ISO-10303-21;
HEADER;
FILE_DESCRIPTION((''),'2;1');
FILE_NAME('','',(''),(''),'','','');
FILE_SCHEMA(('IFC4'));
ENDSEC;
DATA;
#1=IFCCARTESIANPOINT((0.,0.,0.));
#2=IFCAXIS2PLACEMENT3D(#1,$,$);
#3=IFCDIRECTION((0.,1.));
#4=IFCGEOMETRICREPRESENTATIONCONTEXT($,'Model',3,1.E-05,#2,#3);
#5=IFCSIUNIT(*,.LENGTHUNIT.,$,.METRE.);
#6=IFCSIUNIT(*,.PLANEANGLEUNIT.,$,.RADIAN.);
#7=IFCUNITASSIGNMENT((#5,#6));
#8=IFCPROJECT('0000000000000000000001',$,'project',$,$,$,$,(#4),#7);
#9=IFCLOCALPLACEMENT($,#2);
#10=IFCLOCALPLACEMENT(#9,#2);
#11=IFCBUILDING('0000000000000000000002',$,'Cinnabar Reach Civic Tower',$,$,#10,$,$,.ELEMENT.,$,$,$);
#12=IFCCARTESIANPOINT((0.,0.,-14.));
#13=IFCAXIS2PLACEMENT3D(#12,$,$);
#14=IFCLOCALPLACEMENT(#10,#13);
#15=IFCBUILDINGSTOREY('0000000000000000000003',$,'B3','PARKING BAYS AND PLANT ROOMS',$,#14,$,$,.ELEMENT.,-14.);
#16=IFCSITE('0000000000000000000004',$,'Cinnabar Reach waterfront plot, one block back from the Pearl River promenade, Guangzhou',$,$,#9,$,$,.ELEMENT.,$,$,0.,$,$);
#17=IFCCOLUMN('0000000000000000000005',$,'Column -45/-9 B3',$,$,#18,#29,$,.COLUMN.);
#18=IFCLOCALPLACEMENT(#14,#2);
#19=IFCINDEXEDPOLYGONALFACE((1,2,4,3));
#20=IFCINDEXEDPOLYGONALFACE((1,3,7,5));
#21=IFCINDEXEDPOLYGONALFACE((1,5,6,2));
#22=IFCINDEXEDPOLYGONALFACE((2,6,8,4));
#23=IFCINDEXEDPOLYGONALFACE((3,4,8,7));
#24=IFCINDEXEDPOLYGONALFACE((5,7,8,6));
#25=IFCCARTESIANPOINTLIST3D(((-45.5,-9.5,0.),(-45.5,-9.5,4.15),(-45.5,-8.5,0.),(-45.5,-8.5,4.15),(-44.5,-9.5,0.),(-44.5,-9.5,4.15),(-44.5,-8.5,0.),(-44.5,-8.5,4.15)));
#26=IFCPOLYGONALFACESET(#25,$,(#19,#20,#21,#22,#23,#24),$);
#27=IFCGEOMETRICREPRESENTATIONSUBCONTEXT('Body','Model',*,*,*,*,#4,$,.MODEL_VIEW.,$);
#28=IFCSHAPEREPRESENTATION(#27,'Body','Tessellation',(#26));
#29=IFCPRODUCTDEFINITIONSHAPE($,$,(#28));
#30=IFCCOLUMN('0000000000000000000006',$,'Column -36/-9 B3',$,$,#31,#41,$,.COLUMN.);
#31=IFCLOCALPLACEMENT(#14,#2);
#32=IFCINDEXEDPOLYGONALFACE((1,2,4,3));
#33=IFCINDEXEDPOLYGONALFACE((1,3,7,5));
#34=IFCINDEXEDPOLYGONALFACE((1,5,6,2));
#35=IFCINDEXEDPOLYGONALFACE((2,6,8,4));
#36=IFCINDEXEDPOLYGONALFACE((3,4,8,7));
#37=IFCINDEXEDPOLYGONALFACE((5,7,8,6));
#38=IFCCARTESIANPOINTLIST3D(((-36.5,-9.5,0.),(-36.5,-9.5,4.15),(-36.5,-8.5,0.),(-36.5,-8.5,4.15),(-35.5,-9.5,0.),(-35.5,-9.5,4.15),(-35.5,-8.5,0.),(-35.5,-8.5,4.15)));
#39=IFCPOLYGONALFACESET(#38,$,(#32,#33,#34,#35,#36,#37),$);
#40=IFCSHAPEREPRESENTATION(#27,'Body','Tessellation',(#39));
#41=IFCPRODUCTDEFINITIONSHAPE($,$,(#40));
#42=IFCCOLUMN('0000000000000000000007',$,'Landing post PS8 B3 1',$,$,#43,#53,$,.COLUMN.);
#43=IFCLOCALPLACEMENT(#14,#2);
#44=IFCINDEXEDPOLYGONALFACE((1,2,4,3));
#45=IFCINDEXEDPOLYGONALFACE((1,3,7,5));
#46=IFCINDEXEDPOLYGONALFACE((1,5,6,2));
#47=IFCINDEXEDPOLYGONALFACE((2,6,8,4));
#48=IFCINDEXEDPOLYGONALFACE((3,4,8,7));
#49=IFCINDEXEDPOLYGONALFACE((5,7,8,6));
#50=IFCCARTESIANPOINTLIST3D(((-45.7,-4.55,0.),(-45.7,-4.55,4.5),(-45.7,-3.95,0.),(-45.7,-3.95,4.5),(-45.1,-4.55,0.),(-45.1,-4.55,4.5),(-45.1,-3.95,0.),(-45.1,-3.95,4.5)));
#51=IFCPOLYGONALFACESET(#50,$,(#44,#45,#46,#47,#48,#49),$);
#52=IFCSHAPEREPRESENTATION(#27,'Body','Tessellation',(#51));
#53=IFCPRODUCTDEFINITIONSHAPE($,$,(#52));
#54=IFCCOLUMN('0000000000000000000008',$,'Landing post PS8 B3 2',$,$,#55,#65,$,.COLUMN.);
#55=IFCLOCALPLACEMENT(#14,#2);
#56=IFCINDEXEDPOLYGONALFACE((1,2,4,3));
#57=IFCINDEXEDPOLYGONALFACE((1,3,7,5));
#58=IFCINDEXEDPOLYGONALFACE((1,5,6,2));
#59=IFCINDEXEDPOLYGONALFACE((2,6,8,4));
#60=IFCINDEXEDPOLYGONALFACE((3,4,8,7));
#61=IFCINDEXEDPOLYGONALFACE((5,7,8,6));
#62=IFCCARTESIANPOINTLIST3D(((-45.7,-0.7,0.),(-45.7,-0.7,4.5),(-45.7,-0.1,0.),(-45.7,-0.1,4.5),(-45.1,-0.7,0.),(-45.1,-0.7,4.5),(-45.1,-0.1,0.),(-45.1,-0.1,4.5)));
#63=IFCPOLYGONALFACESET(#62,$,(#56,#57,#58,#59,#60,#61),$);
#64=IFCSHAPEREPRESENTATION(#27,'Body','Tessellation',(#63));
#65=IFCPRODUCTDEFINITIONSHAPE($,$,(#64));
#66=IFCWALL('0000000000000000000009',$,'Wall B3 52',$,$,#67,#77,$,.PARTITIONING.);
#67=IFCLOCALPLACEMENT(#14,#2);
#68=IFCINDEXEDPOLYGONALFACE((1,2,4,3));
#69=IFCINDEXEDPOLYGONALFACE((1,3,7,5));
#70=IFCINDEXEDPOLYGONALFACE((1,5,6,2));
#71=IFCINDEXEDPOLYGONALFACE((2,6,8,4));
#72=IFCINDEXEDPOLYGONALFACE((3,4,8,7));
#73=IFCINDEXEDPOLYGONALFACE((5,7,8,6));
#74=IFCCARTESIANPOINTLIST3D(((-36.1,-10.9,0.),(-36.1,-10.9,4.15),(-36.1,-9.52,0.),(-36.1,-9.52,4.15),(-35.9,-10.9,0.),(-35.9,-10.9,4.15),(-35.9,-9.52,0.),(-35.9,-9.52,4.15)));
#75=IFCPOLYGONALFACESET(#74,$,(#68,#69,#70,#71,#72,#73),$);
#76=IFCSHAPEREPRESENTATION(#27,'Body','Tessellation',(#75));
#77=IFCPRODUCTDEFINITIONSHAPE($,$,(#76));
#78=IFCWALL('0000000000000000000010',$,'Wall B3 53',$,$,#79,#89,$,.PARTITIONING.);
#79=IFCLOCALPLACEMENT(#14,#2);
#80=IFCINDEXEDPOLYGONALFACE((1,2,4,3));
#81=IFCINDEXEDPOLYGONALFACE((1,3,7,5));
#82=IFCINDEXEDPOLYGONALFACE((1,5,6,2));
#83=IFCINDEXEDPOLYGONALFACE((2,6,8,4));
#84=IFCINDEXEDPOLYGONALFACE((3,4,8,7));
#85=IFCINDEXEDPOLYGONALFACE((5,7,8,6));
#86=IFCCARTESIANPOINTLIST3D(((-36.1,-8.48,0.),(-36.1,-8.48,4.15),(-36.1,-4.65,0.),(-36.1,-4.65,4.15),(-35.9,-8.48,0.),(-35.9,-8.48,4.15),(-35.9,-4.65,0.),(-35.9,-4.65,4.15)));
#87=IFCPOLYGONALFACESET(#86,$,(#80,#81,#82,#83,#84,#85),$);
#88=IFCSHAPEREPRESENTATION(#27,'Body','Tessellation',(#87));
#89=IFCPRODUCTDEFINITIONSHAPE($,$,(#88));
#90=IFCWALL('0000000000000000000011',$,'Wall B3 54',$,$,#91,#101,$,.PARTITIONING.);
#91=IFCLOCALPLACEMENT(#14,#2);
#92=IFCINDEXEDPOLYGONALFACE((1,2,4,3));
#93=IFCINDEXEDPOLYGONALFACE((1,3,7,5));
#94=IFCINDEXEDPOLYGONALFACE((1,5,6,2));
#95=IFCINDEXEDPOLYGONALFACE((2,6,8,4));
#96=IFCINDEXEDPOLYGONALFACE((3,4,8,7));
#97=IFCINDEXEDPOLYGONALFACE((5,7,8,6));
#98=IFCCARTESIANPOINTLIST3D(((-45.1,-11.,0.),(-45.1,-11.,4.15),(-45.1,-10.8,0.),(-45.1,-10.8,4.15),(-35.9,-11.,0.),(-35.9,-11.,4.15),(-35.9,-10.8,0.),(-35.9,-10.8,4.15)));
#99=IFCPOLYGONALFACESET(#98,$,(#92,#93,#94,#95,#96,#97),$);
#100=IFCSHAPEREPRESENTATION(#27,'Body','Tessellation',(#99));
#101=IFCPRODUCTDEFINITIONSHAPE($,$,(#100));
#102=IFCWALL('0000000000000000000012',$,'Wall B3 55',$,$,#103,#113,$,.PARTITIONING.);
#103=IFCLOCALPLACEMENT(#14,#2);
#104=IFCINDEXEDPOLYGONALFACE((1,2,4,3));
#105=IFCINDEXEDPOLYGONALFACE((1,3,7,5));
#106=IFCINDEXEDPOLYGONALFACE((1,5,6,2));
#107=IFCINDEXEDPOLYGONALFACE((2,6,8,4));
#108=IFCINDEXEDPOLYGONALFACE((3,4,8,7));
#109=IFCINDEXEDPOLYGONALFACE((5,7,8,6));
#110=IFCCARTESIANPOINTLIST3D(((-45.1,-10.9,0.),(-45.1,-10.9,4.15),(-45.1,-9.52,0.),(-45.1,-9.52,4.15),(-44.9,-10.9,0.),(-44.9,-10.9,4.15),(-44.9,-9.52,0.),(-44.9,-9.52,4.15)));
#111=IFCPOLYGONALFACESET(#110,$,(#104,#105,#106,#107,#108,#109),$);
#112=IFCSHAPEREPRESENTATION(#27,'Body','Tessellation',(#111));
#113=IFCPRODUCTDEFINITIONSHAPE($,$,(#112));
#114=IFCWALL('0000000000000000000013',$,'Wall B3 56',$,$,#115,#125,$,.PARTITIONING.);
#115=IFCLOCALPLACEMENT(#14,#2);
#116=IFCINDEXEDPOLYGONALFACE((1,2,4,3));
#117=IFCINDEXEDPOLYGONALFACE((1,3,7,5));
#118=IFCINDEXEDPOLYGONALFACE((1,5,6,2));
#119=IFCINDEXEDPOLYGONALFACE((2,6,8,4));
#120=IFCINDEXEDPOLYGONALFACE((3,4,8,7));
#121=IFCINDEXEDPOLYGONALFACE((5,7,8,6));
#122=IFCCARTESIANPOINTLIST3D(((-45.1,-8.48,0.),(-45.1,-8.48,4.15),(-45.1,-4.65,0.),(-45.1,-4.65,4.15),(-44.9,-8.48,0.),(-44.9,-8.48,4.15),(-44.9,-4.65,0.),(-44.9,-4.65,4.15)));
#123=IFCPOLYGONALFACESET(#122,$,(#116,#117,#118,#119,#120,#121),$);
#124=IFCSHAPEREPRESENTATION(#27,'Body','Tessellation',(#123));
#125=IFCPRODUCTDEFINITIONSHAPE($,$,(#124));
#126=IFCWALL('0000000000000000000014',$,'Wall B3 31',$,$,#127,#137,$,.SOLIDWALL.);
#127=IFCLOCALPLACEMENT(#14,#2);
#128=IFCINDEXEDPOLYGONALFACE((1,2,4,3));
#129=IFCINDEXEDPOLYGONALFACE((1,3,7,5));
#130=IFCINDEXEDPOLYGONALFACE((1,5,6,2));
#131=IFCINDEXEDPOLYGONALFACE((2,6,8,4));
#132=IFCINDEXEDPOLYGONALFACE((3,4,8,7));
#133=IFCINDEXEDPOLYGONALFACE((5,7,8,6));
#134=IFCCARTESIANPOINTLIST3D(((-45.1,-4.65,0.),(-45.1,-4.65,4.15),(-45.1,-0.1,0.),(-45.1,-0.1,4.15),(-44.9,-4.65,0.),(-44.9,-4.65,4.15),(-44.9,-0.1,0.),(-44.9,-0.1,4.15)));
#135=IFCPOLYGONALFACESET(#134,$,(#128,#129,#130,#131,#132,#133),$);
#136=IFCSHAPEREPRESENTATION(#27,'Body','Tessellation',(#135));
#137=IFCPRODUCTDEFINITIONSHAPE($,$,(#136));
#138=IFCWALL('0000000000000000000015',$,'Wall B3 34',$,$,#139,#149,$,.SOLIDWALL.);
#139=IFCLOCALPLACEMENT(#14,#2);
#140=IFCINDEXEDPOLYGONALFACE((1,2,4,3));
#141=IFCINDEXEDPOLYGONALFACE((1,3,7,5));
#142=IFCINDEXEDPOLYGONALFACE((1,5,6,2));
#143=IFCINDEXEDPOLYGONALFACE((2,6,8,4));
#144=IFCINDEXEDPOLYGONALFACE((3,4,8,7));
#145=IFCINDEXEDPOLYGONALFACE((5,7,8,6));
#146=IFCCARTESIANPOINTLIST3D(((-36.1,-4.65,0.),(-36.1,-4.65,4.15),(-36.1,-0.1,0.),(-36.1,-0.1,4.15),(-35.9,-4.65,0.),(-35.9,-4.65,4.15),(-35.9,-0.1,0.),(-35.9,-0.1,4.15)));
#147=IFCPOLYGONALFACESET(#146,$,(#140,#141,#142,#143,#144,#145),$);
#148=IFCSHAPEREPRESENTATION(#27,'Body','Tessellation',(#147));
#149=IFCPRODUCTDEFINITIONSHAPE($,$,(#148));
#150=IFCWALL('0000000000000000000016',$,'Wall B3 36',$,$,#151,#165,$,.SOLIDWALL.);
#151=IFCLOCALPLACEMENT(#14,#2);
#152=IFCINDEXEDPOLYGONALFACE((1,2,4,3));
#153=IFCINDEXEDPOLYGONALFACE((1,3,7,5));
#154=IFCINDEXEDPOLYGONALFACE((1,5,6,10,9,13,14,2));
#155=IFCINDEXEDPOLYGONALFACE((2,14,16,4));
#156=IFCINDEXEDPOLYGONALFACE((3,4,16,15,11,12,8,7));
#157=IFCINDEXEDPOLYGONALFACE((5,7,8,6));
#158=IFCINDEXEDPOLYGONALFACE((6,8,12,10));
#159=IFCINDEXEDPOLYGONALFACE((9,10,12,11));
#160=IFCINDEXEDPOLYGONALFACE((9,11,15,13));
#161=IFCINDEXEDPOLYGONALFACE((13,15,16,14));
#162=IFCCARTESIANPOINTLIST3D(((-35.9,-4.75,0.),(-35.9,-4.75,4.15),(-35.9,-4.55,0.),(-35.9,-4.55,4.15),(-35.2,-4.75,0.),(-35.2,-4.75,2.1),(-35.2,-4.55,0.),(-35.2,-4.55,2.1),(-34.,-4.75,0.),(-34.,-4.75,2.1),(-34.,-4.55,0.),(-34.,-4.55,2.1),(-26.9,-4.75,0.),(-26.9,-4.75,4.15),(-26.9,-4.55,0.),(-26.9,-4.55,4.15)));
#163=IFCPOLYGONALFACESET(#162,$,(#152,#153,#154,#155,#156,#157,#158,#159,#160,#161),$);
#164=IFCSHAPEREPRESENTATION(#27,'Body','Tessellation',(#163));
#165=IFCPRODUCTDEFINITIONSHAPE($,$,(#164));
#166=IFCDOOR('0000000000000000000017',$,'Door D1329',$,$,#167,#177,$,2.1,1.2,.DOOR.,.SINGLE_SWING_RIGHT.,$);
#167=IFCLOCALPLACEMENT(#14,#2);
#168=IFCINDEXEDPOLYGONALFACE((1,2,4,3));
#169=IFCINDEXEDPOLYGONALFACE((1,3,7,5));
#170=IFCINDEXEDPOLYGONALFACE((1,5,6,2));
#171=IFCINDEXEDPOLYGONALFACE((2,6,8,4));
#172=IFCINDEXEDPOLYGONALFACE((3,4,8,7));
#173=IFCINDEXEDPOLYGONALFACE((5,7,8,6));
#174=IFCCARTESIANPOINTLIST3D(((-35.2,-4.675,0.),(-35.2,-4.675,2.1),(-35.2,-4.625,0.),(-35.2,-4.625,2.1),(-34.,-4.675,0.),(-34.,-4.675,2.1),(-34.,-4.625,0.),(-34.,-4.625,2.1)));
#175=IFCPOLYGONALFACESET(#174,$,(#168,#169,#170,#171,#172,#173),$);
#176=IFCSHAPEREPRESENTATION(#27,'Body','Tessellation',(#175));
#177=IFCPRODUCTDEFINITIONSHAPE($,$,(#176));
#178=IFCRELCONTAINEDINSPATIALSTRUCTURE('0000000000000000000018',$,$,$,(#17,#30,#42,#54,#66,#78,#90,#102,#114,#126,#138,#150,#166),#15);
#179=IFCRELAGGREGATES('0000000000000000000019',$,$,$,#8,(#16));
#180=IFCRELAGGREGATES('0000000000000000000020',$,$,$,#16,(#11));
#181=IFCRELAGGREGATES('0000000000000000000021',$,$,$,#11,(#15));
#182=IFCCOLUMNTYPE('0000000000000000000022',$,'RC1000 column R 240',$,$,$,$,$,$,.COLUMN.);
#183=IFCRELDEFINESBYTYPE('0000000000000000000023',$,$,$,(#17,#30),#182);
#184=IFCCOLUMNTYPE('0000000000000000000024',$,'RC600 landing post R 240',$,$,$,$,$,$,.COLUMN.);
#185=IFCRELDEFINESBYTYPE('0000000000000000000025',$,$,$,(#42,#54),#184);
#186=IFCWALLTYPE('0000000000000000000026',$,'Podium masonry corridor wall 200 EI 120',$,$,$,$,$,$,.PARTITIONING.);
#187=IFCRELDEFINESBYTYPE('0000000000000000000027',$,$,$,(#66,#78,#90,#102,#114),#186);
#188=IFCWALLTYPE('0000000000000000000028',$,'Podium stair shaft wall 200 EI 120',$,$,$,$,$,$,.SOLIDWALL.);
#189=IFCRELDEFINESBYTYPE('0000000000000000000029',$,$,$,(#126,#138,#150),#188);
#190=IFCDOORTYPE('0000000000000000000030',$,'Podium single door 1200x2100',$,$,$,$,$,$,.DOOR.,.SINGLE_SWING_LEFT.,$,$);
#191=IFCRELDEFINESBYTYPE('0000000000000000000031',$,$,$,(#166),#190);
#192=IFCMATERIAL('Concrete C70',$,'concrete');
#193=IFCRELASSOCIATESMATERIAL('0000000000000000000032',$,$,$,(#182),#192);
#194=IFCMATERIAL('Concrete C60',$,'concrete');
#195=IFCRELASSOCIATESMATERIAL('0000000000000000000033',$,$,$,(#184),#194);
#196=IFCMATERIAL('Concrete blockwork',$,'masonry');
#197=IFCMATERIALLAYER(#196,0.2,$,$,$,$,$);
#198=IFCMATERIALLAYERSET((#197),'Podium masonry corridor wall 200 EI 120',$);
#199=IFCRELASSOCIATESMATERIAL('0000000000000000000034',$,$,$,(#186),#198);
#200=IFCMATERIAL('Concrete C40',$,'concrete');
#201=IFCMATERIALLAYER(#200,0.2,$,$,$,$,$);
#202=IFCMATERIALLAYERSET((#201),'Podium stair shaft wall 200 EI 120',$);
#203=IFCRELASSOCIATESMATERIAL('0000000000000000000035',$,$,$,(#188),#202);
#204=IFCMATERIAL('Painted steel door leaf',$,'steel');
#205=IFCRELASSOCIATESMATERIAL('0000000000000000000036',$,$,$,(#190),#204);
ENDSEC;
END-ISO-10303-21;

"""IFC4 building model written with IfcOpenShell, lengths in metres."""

from ifc_helpers import new_model, si_unit, direction, frame, frame_2d, origin, origin_2d, place, context, subcontext, project, spatial, rectangle, extrude, material, layer, layer_set, material_profile, profile_set, type_object, element, fill, save


model = new_model("IFC4")

# Units and contexts
model_context = context("Model", 3, precision=1e-05, world=origin(), true_north=direction((0.0, 1.0)))
body_context = subcontext(model_context, "Body", "Model", "MODEL_VIEW")
ifc_project = project(units=[si_unit("LENGTHUNIT", "METRE"), si_unit("PLANEANGLEUNIT", "RADIAN")], contexts=[model_context])

# Site, building, storey
site_placement = place(None, origin())
site = spatial("IfcSite", under=ifc_project, at=site_placement, Name="Cinnabar Reach waterfront plot, one block back from the Pearl River promenade, Guangzhou", CompositionType="ELEMENT", RefElevation=0.0)
building_placement = place(site_placement, origin())
building = spatial("IfcBuilding", under=site, at=building_placement, Name="Cinnabar Reach Civic Tower", CompositionType="ELEMENT")
storey_placement = place(building_placement, frame((0.0, 0.0, -14.0)))
storey = spatial("IfcBuildingStorey", under=building, at=storey_placement, Name="B3", Description="PARKING BAYS AND PLANT ROOMS", CompositionType="ELEMENT", Elevation=-14.0)

# Shared definitions
ifc_material_1 = material(Name="Concrete C40", Category="concrete")

# Columns
ifc_material_2 = material(Name="Concrete C70", Category="concrete")
ifc_material_profile_1 = material_profile(ifc_material_2, rectangle(XDim=1.0, YDim=1.0, at=origin_2d()), Name="RC1000")
ifc_profile_set_1 = profile_set([ifc_material_profile_1], Name="Concrete C70")
column_type_1 = type_object("IfcColumnType", Name="RC1000 column R 240", PredefinedType="COLUMN", material=ifc_profile_set_1)
for number, where, z_axis, x_axis, name in (
    (1, (-45.0, -9.0, 0.0), (0.0, 0.0, 1.0), (1.0, 0.0, 0.0), "Column -45/-9 B3"),
    (2, (-36.0, -9.0, 0.0), (0.0, 0.0, 1.0), (1.0, 0.0, 0.0), "Column -36/-9 B3"),
):
    element("IfcColumn", number, at=place(storey_placement, frame(where, z_axis=z_axis, x_axis=x_axis)), inside=storey, type_object=column_type_1, Name=name, PredefinedType="COLUMN", context=body_context, shape_type="SweptSolid", body=[
        extrude(rectangle(XDim=1.0, YDim=1.0, at=origin_2d()), origin(), (0.0, 0.0, 1.0), 4.15),
    ])
ifc_material_3 = material(Name="Concrete C60", Category="concrete")
ifc_material_profile_2 = material_profile(ifc_material_3, rectangle(XDim=0.6, YDim=0.6, at=origin_2d()), Name="RC600")
ifc_profile_set_2 = profile_set([ifc_material_profile_2], Name="Concrete C60")
column_type_2 = type_object("IfcColumnType", Name="RC600 landing post R 240", PredefinedType="COLUMN", material=ifc_profile_set_2)
for number, where, z_axis, x_axis, name in (
    (3, (-45.4, -4.25, 0.0), (0.0, 0.0, 1.0), (1.0, 0.0, 0.0), "Landing post PS8 B3 1"),
    (4, (-45.4, -0.4, 0.0), (0.0, 0.0, 1.0), (1.0, 0.0, 0.0), "Landing post PS8 B3 2"),
):
    element("IfcColumn", number, at=place(storey_placement, frame(where, z_axis=z_axis, x_axis=x_axis)), inside=storey, type_object=column_type_2, Name=name, PredefinedType="COLUMN", context=body_context, shape_type="SweptSolid", body=[
        extrude(rectangle(XDim=0.6, YDim=0.6, at=origin_2d()), origin(), (0.0, 0.0, 1.0), 4.5),
    ])

# Walls
ifc_material_4 = material(Name="Concrete blockwork", Category="masonry")
ifc_layer_1 = layer(ifc_material_4, 0.2)
ifc_layer_set_1 = layer_set([ifc_layer_1], Name="Podium masonry corridor wall 200 EI 120")
wall_type_1 = type_object("IfcWallType", Name="Podium masonry corridor wall 200 EI 120", PredefinedType="PARTITIONING", material=ifc_layer_set_1)
wall_1_placement = place(storey_placement, frame((-36.0, -10.9, 0.0), z_axis=(0.0, 0.0, 1.0), x_axis=(0.0, 1.0, 0.0)))
element("IfcWall", 5, at=wall_1_placement, inside=storey, type_object=wall_type_1, Name="Wall B3 52", PredefinedType="PARTITIONING", context=body_context, shape_type="SweptSolid", body=[
    extrude(rectangle(XDim=1.38, YDim=0.2, at=frame_2d((0.69, 0.0))), origin(), (0.0, 0.0, 1.0), 4.15),
])
wall_2_placement = place(storey_placement, frame((-36.0, -8.48, 0.0), z_axis=(0.0, 0.0, 1.0), x_axis=(0.0, 1.0, 0.0)))
element("IfcWall", 6, at=wall_2_placement, inside=storey, type_object=wall_type_1, Name="Wall B3 53", PredefinedType="PARTITIONING", context=body_context, shape_type="SweptSolid", body=[
    extrude(rectangle(XDim=3.83, YDim=0.2, at=frame_2d((1.915, 0.0))), origin(), (0.0, 0.0, 1.0), 4.15),
])
wall_3_placement = place(storey_placement, frame((-45.1, -10.9, 0.0), z_axis=(0.0, 0.0, 1.0), x_axis=(1.0, 0.0, 0.0)))
element("IfcWall", 7, at=wall_3_placement, inside=storey, type_object=wall_type_1, Name="Wall B3 54", PredefinedType="PARTITIONING", context=body_context, shape_type="SweptSolid", body=[
    extrude(rectangle(XDim=9.2, YDim=0.2, at=frame_2d((4.6, 0.0))), origin(), (0.0, 0.0, 1.0), 4.15),
])
wall_4_placement = place(storey_placement, frame((-45.0, -10.9, 0.0), z_axis=(0.0, 0.0, 1.0), x_axis=(0.0, 1.0, 0.0)))
element("IfcWall", 8, at=wall_4_placement, inside=storey, type_object=wall_type_1, Name="Wall B3 55", PredefinedType="PARTITIONING", context=body_context, shape_type="SweptSolid", body=[
    extrude(rectangle(XDim=1.38, YDim=0.2, at=frame_2d((0.69, 0.0))), origin(), (0.0, 0.0, 1.0), 4.15),
])
wall_5_placement = place(storey_placement, frame((-45.0, -8.48, 0.0), z_axis=(0.0, 0.0, 1.0), x_axis=(0.0, 1.0, 0.0)))
element("IfcWall", 9, at=wall_5_placement, inside=storey, type_object=wall_type_1, Name="Wall B3 56", PredefinedType="PARTITIONING", context=body_context, shape_type="SweptSolid", body=[
    extrude(rectangle(XDim=3.83, YDim=0.2, at=frame_2d((1.915, 0.0))), origin(), (0.0, 0.0, 1.0), 4.15),
])
ifc_layer_2 = layer(ifc_material_1, 0.2)
ifc_layer_set_2 = layer_set([ifc_layer_2], Name="Podium stair shaft wall 200 EI 120")
wall_type_2 = type_object("IfcWallType", Name="Podium stair shaft wall 200 EI 120", PredefinedType="SOLIDWALL", material=ifc_layer_set_2)
for number, where, z_axis, x_axis, name in (
    (10, (-45.0, -4.65, 0.0), (0.0, 0.0, 1.0), (0.0, 1.0, 0.0), "Wall B3 31"),
    (11, (-36.0, -4.65, 0.0), (0.0, 0.0, 1.0), (0.0, 1.0, 0.0), "Wall B3 34"),
):
    element("IfcWall", number, at=place(storey_placement, frame(where, z_axis=z_axis, x_axis=x_axis)), inside=storey, type_object=wall_type_2, Name=name, PredefinedType="SOLIDWALL", context=body_context, shape_type="SweptSolid", body=[
        extrude(rectangle(XDim=4.55, YDim=0.2, at=frame_2d((2.275, 0.0))), origin(), (0.0, 0.0, 1.0), 4.15),
    ])

# Wall, opening, door
wall_6_placement = place(storey_placement, frame((-35.9, -4.65, 0.0), z_axis=(0.0, 0.0, 1.0), x_axis=(1.0, 0.0, 0.0)))
wall_6 = element("IfcWall", 12, at=wall_6_placement, inside=storey, type_object=wall_type_2, Name="Wall B3 36", PredefinedType="SOLIDWALL", context=body_context, shape_type="SweptSolid", body=[
    extrude(rectangle(XDim=9.0, YDim=0.2, at=frame_2d((4.5, 0.0))), origin(), (0.0, 0.0, 1.0), 4.15),
])
opening_placement = place(wall_6_placement, frame((0.7, 0.0, 0.0)))
opening = element("IfcOpeningElement", 13, at=opening_placement, cuts=wall_6, PredefinedType="OPENING", context=body_context, shape_type="SweptSolid", body=[
    extrude(rectangle(XDim=1.2, YDim=2.1, at=frame_2d((0.6, 1.05))), frame((0.0, 0.11, 0.0), z_axis=(0.0, -1.0, 0.0), x_axis=(1.0, 0.0, 0.0)), (0.0, 0.0, 1.0), 0.22),
])
ifc_material_5 = material(Name="Painted steel door leaf", Category="steel")
door_type = type_object("IfcDoorType", Name="Podium single door 1200x2100", OperationType="SINGLE_SWING_LEFT", PredefinedType="DOOR", material=ifc_material_5)
door_placement = place(opening_placement, origin())
door = element("IfcDoor", 14, at=door_placement, inside=storey, type_object=door_type, Name="Door D1329", OperationType="SINGLE_SWING_RIGHT", OverallHeight=2.1, OverallWidth=1.2, PredefinedType="DOOR", context=body_context, shape_type="SweptSolid", body=[
    extrude(rectangle(XDim=1.2, YDim=2.1, at=frame_2d((0.6, 1.05))), frame((0.0, 0.025, 0.0), z_axis=(0.0, -1.0, 0.0), x_axis=(1.0, 0.0, 0.0)), (0.0, 0.0, 1.0), 0.05),
])
fill(opening, door)

save(model, "model.ifc")
